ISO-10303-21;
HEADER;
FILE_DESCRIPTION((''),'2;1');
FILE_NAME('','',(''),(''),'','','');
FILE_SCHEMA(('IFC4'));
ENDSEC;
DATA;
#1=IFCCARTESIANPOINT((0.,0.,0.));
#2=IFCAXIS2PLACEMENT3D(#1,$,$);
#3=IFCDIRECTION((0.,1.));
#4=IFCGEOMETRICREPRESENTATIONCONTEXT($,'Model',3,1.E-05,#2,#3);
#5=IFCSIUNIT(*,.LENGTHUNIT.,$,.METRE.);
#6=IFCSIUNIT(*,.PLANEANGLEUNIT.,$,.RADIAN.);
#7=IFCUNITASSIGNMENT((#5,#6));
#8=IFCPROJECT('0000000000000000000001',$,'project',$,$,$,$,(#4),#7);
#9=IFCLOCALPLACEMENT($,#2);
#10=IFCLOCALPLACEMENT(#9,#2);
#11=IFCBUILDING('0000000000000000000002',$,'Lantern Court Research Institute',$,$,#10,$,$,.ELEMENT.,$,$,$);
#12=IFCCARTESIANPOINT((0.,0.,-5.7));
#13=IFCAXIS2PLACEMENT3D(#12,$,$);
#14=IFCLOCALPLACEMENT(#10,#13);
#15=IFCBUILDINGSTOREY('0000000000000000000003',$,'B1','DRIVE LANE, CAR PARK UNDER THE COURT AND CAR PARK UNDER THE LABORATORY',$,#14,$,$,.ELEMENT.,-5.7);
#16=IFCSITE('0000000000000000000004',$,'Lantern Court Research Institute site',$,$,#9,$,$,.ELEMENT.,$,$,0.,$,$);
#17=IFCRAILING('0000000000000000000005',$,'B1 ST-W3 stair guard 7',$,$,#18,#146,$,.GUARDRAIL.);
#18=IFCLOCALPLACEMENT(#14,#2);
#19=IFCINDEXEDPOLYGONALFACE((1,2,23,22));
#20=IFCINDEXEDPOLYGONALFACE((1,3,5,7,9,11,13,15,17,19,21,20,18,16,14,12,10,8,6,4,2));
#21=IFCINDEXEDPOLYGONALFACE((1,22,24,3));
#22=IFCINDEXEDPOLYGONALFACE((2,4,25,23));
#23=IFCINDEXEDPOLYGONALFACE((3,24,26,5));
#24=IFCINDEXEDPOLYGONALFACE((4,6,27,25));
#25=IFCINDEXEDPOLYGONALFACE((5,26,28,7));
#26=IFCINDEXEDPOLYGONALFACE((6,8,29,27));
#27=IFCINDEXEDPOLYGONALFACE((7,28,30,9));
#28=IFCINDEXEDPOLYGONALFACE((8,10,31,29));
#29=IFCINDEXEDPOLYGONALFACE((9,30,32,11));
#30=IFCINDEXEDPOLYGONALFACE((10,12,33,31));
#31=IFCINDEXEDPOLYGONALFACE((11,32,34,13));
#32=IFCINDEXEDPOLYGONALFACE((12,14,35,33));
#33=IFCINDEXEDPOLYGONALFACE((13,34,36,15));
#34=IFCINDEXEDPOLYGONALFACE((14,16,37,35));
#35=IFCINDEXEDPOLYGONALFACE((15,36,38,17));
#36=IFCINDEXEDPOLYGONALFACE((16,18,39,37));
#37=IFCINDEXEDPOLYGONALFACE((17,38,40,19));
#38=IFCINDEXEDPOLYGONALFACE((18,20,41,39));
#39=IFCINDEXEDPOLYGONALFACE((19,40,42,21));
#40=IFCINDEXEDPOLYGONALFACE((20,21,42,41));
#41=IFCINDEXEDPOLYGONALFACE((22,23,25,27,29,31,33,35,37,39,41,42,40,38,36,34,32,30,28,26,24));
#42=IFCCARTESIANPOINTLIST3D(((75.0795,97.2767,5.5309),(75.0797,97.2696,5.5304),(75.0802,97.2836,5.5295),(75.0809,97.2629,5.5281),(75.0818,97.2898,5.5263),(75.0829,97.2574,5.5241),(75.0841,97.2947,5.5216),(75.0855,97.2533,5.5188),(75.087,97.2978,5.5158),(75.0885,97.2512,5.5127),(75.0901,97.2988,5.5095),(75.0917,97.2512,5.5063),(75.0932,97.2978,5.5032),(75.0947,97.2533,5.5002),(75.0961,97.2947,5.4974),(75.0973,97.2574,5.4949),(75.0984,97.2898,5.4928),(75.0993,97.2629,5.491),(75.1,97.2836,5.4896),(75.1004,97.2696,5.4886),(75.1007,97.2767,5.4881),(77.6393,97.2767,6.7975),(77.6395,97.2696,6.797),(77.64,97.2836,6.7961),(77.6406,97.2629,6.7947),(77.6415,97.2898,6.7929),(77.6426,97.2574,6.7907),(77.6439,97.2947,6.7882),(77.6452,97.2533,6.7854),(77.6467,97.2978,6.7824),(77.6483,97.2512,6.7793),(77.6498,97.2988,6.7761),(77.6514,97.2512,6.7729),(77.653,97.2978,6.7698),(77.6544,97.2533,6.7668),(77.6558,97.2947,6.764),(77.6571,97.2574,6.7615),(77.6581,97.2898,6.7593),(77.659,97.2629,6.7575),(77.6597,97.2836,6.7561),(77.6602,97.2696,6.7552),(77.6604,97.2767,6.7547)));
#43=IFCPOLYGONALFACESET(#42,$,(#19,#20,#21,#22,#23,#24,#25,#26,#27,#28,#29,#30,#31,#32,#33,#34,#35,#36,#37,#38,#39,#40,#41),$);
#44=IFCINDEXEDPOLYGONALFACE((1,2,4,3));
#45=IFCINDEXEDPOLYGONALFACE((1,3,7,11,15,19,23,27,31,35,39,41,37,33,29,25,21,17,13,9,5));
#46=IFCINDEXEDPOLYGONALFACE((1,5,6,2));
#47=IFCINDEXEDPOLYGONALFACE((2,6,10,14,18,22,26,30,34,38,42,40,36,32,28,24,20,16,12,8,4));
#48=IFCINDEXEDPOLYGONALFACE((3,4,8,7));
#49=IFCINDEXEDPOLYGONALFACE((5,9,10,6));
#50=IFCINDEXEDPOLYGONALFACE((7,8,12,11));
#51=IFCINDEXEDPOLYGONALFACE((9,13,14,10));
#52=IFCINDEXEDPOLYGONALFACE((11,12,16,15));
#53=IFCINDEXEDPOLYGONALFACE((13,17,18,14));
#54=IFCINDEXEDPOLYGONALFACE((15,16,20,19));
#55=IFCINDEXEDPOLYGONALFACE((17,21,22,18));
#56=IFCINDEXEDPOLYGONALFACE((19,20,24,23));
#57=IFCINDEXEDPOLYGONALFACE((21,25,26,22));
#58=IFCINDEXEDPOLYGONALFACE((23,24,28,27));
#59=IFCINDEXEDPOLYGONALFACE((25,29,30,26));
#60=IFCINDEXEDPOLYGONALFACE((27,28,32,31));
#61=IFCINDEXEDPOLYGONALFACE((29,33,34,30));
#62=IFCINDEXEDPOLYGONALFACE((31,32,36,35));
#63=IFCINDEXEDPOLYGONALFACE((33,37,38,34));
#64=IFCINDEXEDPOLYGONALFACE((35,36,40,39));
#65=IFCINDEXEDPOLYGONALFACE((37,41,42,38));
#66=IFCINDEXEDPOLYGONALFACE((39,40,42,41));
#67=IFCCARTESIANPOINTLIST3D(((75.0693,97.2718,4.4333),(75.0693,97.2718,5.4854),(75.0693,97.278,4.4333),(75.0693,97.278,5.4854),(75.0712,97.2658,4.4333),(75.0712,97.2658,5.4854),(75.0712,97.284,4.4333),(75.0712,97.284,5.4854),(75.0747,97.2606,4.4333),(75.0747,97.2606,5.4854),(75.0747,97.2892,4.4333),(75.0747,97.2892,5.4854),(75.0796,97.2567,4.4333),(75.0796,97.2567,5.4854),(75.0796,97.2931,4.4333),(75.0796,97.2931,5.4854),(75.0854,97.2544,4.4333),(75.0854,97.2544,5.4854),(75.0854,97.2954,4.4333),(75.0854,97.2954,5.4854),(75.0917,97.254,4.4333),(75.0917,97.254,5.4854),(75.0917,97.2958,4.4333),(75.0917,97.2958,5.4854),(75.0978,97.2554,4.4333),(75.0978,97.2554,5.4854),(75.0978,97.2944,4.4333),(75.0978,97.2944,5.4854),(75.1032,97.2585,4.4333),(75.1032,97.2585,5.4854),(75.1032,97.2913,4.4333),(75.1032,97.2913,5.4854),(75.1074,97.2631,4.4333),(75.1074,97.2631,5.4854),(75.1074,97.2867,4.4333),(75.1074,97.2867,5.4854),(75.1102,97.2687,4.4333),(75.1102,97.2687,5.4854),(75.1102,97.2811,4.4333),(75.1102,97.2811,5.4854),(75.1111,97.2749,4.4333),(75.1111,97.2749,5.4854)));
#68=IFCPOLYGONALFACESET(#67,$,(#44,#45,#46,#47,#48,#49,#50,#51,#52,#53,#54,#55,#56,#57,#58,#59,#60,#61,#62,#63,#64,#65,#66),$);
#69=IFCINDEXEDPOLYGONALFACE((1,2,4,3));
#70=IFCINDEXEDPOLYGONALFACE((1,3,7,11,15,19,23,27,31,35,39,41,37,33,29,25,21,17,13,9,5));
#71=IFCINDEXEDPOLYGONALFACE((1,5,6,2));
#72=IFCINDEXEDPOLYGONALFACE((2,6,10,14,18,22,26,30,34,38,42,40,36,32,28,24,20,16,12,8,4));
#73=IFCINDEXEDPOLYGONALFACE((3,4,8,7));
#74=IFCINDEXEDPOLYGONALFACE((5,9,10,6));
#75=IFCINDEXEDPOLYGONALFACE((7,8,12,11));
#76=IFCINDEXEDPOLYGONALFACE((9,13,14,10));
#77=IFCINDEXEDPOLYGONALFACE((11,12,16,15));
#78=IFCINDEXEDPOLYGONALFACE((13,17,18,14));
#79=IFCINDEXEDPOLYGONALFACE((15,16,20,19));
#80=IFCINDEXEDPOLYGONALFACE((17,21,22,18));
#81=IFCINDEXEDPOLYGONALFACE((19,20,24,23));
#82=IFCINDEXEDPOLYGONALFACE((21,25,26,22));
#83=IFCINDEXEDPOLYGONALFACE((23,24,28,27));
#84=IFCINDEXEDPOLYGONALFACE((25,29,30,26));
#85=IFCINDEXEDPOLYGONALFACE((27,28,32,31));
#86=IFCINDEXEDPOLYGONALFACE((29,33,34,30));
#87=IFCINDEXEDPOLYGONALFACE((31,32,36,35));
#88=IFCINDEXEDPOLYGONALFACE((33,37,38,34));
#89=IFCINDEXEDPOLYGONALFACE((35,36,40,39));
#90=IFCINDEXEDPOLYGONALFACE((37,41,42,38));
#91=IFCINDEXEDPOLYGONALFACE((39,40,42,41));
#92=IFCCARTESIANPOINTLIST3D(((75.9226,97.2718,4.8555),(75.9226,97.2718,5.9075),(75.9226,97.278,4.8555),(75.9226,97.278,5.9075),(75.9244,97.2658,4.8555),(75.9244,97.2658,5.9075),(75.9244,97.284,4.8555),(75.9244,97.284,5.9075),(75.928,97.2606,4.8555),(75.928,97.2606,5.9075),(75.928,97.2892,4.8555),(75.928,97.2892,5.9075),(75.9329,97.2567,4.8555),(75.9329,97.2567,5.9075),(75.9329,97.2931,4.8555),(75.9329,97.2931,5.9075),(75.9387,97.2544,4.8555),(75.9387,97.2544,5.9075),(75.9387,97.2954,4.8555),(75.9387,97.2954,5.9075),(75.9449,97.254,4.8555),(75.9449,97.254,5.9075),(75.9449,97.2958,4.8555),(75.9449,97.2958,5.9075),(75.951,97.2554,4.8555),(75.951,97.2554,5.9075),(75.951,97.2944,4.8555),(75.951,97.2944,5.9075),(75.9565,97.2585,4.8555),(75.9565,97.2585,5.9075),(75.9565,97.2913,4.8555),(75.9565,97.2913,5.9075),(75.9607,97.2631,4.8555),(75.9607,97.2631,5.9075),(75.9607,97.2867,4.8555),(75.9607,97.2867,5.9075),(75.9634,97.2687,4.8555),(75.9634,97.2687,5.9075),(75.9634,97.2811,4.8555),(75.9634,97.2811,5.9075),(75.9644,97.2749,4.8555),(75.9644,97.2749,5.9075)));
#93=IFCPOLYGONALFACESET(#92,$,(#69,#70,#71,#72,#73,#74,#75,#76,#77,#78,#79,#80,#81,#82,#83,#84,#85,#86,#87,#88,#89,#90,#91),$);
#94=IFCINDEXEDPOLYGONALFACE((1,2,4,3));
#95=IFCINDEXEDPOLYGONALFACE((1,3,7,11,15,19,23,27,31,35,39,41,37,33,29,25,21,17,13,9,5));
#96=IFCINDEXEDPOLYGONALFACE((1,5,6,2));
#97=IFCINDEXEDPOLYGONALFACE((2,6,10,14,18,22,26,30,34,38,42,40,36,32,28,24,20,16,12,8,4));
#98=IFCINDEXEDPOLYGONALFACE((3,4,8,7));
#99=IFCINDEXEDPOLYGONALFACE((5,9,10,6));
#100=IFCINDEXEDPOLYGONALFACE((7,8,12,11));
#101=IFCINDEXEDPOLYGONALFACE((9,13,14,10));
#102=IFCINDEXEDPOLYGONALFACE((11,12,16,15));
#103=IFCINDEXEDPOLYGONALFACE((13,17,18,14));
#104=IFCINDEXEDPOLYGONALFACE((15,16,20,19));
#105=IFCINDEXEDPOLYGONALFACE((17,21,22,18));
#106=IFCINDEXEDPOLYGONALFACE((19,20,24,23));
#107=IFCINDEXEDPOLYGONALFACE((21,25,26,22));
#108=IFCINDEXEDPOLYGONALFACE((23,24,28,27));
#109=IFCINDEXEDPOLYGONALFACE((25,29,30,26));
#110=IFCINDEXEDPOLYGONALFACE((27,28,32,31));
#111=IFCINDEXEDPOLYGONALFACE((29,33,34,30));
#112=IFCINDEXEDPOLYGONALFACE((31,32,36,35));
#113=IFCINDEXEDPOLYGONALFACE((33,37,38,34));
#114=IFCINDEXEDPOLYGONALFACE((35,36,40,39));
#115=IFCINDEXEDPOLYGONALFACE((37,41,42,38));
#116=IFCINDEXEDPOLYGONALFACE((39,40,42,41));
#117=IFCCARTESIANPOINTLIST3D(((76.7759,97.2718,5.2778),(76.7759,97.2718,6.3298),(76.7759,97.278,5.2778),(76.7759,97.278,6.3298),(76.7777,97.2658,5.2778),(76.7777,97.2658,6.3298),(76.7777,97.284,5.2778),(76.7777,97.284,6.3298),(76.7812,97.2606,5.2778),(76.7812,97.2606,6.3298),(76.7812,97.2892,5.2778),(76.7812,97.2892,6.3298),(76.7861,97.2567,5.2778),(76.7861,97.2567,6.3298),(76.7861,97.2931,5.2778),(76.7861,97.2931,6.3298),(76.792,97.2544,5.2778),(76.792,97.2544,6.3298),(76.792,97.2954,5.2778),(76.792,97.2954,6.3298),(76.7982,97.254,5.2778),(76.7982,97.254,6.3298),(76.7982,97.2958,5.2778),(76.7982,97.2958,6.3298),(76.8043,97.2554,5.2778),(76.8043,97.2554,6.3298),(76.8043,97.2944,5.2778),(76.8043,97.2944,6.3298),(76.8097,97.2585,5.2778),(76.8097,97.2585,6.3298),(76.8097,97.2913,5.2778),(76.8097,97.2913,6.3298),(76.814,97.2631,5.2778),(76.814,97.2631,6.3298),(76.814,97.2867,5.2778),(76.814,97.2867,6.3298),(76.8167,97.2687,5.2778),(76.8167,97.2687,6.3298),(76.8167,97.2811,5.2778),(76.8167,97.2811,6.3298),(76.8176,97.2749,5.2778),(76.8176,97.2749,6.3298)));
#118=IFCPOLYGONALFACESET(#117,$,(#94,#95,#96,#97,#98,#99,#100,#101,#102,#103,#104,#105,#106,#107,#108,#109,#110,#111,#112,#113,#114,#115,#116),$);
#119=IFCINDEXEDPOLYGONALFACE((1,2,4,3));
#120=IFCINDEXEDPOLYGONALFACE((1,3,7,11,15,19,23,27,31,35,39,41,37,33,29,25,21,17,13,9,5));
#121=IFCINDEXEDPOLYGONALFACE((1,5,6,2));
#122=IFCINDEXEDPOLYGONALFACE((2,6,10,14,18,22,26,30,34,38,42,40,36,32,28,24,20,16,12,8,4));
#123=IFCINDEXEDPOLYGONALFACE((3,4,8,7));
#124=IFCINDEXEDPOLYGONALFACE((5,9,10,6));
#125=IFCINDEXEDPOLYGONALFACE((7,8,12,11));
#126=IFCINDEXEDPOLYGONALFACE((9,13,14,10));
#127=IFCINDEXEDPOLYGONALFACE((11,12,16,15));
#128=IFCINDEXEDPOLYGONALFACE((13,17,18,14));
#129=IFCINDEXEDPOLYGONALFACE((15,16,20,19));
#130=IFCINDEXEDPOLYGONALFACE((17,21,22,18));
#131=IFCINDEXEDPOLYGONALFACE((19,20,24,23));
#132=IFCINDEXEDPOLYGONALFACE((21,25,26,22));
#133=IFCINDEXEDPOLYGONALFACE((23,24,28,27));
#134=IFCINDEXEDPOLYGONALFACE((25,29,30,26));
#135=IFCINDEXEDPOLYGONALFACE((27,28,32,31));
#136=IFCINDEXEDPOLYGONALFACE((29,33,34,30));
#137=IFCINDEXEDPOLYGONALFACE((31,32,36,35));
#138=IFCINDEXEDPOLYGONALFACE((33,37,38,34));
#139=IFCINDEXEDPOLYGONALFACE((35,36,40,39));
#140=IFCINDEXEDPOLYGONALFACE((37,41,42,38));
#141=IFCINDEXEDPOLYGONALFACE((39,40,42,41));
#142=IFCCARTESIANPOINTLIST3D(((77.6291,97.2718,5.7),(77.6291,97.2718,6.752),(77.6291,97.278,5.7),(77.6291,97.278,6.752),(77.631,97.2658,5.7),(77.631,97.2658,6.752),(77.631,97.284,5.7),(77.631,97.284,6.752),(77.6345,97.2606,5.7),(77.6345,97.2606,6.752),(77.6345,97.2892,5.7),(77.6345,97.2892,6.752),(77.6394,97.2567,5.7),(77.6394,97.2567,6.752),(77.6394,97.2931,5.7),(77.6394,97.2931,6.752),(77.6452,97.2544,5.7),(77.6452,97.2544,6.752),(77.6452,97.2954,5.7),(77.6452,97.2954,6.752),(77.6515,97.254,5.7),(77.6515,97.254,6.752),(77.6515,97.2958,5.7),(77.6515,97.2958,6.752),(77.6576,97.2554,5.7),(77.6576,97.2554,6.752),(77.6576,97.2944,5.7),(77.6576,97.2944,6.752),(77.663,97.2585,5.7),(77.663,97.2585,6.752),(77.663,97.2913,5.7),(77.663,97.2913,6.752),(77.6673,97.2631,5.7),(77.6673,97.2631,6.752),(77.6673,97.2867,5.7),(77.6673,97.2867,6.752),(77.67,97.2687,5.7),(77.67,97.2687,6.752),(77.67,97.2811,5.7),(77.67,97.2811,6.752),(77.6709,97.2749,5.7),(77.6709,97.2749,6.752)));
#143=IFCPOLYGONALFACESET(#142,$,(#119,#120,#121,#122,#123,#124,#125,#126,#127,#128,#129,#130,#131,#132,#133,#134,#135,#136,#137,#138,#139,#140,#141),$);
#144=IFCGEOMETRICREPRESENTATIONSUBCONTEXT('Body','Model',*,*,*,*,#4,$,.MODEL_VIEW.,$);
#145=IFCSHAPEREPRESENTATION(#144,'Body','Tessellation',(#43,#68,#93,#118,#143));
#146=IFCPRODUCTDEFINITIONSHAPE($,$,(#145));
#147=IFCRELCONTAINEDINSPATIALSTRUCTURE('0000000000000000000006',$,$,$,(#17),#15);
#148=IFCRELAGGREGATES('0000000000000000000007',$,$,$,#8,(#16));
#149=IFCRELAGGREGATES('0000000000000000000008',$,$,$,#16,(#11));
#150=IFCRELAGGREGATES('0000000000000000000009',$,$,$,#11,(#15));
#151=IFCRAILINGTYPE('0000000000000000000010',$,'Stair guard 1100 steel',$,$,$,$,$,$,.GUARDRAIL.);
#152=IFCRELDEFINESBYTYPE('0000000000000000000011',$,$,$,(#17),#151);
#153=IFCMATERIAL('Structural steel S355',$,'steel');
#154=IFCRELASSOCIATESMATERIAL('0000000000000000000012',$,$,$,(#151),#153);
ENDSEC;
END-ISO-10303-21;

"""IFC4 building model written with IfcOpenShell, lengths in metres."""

from ifc_helpers import new_model, si_unit, direction, frame, origin, origin_2d, place, context, subcontext, project, spatial, circle, extrude, material, type_object, element, save


model = new_model("IFC4")

# Units and contexts
model_context = context("Model", 3, precision=1e-05, world=origin(), true_north=direction((0.0, 1.0)))
body_context = subcontext(model_context, "Body", "Model", "MODEL_VIEW")
ifc_project = project(units=[si_unit("LENGTHUNIT", "METRE"), si_unit("PLANEANGLEUNIT", "RADIAN")], contexts=[model_context])

# Site, building, storey
site_placement = place(None, origin())
site = spatial("IfcSite", under=ifc_project, at=site_placement, Name="Lantern Court Research Institute site", CompositionType="ELEMENT", RefElevation=0.0)
building_placement = place(site_placement, origin())
building = spatial("IfcBuilding", under=site, at=building_placement, Name="Lantern Court Research Institute", CompositionType="ELEMENT")
storey_placement = place(building_placement, frame((0.0, 0.0, -5.7)))
storey = spatial("IfcBuildingStorey", under=building, at=storey_placement, Name="B1", Description="DRIVE LANE, CAR PARK UNDER THE COURT AND CAR PARK UNDER THE LABORATORY", CompositionType="ELEMENT", Elevation=-5.7)

# Railing
ifc_material_1 = material(Name="Structural steel S355", Category="steel")
railing_type_1 = type_object("IfcRailingType", Name="Stair guard 1100 steel", PredefinedType="GUARDRAIL", material=ifc_material_1)
railing_1_placement = place(storey_placement, frame((75.0901, 97.2749, 4.4333)))
element("IfcRailing", 1, at=railing_1_placement, inside=storey, type_object=railing_type_1, Name="B1 ST-W3 stair guard 7", PredefinedType="GUARDRAIL", context=body_context, shape_type="SweptSolid", body=[
    extrude(circle(Radius=0.0239, at=origin_2d()), frame((0.0, 0.0, 1.0762), z_axis=(0.896283, 0.0, 0.443483), x_axis=(0.0, 1.0, 0.0)), (0.0, 0.0, 1.0), 2.856),
    extrude(circle(Radius=0.021, at=origin_2d()), origin(), (0.0, 0.0, 1.0), 1.052),
    extrude(circle(Radius=0.021, at=origin_2d()), frame((0.8533, 0.0, 0.4221)), (0.0, 0.0, 1.0), 1.052),
    extrude(circle(Radius=0.021, at=origin_2d()), frame((1.7065, 0.0, 0.8445)), (0.0, 0.0, 1.0), 1.052),
    extrude(circle(Radius=0.021, at=origin_2d()), frame((2.5598, 0.0, 1.2666)), (0.0, 0.0, 1.0), 1.052),
])

save(model, "model.ifc")
